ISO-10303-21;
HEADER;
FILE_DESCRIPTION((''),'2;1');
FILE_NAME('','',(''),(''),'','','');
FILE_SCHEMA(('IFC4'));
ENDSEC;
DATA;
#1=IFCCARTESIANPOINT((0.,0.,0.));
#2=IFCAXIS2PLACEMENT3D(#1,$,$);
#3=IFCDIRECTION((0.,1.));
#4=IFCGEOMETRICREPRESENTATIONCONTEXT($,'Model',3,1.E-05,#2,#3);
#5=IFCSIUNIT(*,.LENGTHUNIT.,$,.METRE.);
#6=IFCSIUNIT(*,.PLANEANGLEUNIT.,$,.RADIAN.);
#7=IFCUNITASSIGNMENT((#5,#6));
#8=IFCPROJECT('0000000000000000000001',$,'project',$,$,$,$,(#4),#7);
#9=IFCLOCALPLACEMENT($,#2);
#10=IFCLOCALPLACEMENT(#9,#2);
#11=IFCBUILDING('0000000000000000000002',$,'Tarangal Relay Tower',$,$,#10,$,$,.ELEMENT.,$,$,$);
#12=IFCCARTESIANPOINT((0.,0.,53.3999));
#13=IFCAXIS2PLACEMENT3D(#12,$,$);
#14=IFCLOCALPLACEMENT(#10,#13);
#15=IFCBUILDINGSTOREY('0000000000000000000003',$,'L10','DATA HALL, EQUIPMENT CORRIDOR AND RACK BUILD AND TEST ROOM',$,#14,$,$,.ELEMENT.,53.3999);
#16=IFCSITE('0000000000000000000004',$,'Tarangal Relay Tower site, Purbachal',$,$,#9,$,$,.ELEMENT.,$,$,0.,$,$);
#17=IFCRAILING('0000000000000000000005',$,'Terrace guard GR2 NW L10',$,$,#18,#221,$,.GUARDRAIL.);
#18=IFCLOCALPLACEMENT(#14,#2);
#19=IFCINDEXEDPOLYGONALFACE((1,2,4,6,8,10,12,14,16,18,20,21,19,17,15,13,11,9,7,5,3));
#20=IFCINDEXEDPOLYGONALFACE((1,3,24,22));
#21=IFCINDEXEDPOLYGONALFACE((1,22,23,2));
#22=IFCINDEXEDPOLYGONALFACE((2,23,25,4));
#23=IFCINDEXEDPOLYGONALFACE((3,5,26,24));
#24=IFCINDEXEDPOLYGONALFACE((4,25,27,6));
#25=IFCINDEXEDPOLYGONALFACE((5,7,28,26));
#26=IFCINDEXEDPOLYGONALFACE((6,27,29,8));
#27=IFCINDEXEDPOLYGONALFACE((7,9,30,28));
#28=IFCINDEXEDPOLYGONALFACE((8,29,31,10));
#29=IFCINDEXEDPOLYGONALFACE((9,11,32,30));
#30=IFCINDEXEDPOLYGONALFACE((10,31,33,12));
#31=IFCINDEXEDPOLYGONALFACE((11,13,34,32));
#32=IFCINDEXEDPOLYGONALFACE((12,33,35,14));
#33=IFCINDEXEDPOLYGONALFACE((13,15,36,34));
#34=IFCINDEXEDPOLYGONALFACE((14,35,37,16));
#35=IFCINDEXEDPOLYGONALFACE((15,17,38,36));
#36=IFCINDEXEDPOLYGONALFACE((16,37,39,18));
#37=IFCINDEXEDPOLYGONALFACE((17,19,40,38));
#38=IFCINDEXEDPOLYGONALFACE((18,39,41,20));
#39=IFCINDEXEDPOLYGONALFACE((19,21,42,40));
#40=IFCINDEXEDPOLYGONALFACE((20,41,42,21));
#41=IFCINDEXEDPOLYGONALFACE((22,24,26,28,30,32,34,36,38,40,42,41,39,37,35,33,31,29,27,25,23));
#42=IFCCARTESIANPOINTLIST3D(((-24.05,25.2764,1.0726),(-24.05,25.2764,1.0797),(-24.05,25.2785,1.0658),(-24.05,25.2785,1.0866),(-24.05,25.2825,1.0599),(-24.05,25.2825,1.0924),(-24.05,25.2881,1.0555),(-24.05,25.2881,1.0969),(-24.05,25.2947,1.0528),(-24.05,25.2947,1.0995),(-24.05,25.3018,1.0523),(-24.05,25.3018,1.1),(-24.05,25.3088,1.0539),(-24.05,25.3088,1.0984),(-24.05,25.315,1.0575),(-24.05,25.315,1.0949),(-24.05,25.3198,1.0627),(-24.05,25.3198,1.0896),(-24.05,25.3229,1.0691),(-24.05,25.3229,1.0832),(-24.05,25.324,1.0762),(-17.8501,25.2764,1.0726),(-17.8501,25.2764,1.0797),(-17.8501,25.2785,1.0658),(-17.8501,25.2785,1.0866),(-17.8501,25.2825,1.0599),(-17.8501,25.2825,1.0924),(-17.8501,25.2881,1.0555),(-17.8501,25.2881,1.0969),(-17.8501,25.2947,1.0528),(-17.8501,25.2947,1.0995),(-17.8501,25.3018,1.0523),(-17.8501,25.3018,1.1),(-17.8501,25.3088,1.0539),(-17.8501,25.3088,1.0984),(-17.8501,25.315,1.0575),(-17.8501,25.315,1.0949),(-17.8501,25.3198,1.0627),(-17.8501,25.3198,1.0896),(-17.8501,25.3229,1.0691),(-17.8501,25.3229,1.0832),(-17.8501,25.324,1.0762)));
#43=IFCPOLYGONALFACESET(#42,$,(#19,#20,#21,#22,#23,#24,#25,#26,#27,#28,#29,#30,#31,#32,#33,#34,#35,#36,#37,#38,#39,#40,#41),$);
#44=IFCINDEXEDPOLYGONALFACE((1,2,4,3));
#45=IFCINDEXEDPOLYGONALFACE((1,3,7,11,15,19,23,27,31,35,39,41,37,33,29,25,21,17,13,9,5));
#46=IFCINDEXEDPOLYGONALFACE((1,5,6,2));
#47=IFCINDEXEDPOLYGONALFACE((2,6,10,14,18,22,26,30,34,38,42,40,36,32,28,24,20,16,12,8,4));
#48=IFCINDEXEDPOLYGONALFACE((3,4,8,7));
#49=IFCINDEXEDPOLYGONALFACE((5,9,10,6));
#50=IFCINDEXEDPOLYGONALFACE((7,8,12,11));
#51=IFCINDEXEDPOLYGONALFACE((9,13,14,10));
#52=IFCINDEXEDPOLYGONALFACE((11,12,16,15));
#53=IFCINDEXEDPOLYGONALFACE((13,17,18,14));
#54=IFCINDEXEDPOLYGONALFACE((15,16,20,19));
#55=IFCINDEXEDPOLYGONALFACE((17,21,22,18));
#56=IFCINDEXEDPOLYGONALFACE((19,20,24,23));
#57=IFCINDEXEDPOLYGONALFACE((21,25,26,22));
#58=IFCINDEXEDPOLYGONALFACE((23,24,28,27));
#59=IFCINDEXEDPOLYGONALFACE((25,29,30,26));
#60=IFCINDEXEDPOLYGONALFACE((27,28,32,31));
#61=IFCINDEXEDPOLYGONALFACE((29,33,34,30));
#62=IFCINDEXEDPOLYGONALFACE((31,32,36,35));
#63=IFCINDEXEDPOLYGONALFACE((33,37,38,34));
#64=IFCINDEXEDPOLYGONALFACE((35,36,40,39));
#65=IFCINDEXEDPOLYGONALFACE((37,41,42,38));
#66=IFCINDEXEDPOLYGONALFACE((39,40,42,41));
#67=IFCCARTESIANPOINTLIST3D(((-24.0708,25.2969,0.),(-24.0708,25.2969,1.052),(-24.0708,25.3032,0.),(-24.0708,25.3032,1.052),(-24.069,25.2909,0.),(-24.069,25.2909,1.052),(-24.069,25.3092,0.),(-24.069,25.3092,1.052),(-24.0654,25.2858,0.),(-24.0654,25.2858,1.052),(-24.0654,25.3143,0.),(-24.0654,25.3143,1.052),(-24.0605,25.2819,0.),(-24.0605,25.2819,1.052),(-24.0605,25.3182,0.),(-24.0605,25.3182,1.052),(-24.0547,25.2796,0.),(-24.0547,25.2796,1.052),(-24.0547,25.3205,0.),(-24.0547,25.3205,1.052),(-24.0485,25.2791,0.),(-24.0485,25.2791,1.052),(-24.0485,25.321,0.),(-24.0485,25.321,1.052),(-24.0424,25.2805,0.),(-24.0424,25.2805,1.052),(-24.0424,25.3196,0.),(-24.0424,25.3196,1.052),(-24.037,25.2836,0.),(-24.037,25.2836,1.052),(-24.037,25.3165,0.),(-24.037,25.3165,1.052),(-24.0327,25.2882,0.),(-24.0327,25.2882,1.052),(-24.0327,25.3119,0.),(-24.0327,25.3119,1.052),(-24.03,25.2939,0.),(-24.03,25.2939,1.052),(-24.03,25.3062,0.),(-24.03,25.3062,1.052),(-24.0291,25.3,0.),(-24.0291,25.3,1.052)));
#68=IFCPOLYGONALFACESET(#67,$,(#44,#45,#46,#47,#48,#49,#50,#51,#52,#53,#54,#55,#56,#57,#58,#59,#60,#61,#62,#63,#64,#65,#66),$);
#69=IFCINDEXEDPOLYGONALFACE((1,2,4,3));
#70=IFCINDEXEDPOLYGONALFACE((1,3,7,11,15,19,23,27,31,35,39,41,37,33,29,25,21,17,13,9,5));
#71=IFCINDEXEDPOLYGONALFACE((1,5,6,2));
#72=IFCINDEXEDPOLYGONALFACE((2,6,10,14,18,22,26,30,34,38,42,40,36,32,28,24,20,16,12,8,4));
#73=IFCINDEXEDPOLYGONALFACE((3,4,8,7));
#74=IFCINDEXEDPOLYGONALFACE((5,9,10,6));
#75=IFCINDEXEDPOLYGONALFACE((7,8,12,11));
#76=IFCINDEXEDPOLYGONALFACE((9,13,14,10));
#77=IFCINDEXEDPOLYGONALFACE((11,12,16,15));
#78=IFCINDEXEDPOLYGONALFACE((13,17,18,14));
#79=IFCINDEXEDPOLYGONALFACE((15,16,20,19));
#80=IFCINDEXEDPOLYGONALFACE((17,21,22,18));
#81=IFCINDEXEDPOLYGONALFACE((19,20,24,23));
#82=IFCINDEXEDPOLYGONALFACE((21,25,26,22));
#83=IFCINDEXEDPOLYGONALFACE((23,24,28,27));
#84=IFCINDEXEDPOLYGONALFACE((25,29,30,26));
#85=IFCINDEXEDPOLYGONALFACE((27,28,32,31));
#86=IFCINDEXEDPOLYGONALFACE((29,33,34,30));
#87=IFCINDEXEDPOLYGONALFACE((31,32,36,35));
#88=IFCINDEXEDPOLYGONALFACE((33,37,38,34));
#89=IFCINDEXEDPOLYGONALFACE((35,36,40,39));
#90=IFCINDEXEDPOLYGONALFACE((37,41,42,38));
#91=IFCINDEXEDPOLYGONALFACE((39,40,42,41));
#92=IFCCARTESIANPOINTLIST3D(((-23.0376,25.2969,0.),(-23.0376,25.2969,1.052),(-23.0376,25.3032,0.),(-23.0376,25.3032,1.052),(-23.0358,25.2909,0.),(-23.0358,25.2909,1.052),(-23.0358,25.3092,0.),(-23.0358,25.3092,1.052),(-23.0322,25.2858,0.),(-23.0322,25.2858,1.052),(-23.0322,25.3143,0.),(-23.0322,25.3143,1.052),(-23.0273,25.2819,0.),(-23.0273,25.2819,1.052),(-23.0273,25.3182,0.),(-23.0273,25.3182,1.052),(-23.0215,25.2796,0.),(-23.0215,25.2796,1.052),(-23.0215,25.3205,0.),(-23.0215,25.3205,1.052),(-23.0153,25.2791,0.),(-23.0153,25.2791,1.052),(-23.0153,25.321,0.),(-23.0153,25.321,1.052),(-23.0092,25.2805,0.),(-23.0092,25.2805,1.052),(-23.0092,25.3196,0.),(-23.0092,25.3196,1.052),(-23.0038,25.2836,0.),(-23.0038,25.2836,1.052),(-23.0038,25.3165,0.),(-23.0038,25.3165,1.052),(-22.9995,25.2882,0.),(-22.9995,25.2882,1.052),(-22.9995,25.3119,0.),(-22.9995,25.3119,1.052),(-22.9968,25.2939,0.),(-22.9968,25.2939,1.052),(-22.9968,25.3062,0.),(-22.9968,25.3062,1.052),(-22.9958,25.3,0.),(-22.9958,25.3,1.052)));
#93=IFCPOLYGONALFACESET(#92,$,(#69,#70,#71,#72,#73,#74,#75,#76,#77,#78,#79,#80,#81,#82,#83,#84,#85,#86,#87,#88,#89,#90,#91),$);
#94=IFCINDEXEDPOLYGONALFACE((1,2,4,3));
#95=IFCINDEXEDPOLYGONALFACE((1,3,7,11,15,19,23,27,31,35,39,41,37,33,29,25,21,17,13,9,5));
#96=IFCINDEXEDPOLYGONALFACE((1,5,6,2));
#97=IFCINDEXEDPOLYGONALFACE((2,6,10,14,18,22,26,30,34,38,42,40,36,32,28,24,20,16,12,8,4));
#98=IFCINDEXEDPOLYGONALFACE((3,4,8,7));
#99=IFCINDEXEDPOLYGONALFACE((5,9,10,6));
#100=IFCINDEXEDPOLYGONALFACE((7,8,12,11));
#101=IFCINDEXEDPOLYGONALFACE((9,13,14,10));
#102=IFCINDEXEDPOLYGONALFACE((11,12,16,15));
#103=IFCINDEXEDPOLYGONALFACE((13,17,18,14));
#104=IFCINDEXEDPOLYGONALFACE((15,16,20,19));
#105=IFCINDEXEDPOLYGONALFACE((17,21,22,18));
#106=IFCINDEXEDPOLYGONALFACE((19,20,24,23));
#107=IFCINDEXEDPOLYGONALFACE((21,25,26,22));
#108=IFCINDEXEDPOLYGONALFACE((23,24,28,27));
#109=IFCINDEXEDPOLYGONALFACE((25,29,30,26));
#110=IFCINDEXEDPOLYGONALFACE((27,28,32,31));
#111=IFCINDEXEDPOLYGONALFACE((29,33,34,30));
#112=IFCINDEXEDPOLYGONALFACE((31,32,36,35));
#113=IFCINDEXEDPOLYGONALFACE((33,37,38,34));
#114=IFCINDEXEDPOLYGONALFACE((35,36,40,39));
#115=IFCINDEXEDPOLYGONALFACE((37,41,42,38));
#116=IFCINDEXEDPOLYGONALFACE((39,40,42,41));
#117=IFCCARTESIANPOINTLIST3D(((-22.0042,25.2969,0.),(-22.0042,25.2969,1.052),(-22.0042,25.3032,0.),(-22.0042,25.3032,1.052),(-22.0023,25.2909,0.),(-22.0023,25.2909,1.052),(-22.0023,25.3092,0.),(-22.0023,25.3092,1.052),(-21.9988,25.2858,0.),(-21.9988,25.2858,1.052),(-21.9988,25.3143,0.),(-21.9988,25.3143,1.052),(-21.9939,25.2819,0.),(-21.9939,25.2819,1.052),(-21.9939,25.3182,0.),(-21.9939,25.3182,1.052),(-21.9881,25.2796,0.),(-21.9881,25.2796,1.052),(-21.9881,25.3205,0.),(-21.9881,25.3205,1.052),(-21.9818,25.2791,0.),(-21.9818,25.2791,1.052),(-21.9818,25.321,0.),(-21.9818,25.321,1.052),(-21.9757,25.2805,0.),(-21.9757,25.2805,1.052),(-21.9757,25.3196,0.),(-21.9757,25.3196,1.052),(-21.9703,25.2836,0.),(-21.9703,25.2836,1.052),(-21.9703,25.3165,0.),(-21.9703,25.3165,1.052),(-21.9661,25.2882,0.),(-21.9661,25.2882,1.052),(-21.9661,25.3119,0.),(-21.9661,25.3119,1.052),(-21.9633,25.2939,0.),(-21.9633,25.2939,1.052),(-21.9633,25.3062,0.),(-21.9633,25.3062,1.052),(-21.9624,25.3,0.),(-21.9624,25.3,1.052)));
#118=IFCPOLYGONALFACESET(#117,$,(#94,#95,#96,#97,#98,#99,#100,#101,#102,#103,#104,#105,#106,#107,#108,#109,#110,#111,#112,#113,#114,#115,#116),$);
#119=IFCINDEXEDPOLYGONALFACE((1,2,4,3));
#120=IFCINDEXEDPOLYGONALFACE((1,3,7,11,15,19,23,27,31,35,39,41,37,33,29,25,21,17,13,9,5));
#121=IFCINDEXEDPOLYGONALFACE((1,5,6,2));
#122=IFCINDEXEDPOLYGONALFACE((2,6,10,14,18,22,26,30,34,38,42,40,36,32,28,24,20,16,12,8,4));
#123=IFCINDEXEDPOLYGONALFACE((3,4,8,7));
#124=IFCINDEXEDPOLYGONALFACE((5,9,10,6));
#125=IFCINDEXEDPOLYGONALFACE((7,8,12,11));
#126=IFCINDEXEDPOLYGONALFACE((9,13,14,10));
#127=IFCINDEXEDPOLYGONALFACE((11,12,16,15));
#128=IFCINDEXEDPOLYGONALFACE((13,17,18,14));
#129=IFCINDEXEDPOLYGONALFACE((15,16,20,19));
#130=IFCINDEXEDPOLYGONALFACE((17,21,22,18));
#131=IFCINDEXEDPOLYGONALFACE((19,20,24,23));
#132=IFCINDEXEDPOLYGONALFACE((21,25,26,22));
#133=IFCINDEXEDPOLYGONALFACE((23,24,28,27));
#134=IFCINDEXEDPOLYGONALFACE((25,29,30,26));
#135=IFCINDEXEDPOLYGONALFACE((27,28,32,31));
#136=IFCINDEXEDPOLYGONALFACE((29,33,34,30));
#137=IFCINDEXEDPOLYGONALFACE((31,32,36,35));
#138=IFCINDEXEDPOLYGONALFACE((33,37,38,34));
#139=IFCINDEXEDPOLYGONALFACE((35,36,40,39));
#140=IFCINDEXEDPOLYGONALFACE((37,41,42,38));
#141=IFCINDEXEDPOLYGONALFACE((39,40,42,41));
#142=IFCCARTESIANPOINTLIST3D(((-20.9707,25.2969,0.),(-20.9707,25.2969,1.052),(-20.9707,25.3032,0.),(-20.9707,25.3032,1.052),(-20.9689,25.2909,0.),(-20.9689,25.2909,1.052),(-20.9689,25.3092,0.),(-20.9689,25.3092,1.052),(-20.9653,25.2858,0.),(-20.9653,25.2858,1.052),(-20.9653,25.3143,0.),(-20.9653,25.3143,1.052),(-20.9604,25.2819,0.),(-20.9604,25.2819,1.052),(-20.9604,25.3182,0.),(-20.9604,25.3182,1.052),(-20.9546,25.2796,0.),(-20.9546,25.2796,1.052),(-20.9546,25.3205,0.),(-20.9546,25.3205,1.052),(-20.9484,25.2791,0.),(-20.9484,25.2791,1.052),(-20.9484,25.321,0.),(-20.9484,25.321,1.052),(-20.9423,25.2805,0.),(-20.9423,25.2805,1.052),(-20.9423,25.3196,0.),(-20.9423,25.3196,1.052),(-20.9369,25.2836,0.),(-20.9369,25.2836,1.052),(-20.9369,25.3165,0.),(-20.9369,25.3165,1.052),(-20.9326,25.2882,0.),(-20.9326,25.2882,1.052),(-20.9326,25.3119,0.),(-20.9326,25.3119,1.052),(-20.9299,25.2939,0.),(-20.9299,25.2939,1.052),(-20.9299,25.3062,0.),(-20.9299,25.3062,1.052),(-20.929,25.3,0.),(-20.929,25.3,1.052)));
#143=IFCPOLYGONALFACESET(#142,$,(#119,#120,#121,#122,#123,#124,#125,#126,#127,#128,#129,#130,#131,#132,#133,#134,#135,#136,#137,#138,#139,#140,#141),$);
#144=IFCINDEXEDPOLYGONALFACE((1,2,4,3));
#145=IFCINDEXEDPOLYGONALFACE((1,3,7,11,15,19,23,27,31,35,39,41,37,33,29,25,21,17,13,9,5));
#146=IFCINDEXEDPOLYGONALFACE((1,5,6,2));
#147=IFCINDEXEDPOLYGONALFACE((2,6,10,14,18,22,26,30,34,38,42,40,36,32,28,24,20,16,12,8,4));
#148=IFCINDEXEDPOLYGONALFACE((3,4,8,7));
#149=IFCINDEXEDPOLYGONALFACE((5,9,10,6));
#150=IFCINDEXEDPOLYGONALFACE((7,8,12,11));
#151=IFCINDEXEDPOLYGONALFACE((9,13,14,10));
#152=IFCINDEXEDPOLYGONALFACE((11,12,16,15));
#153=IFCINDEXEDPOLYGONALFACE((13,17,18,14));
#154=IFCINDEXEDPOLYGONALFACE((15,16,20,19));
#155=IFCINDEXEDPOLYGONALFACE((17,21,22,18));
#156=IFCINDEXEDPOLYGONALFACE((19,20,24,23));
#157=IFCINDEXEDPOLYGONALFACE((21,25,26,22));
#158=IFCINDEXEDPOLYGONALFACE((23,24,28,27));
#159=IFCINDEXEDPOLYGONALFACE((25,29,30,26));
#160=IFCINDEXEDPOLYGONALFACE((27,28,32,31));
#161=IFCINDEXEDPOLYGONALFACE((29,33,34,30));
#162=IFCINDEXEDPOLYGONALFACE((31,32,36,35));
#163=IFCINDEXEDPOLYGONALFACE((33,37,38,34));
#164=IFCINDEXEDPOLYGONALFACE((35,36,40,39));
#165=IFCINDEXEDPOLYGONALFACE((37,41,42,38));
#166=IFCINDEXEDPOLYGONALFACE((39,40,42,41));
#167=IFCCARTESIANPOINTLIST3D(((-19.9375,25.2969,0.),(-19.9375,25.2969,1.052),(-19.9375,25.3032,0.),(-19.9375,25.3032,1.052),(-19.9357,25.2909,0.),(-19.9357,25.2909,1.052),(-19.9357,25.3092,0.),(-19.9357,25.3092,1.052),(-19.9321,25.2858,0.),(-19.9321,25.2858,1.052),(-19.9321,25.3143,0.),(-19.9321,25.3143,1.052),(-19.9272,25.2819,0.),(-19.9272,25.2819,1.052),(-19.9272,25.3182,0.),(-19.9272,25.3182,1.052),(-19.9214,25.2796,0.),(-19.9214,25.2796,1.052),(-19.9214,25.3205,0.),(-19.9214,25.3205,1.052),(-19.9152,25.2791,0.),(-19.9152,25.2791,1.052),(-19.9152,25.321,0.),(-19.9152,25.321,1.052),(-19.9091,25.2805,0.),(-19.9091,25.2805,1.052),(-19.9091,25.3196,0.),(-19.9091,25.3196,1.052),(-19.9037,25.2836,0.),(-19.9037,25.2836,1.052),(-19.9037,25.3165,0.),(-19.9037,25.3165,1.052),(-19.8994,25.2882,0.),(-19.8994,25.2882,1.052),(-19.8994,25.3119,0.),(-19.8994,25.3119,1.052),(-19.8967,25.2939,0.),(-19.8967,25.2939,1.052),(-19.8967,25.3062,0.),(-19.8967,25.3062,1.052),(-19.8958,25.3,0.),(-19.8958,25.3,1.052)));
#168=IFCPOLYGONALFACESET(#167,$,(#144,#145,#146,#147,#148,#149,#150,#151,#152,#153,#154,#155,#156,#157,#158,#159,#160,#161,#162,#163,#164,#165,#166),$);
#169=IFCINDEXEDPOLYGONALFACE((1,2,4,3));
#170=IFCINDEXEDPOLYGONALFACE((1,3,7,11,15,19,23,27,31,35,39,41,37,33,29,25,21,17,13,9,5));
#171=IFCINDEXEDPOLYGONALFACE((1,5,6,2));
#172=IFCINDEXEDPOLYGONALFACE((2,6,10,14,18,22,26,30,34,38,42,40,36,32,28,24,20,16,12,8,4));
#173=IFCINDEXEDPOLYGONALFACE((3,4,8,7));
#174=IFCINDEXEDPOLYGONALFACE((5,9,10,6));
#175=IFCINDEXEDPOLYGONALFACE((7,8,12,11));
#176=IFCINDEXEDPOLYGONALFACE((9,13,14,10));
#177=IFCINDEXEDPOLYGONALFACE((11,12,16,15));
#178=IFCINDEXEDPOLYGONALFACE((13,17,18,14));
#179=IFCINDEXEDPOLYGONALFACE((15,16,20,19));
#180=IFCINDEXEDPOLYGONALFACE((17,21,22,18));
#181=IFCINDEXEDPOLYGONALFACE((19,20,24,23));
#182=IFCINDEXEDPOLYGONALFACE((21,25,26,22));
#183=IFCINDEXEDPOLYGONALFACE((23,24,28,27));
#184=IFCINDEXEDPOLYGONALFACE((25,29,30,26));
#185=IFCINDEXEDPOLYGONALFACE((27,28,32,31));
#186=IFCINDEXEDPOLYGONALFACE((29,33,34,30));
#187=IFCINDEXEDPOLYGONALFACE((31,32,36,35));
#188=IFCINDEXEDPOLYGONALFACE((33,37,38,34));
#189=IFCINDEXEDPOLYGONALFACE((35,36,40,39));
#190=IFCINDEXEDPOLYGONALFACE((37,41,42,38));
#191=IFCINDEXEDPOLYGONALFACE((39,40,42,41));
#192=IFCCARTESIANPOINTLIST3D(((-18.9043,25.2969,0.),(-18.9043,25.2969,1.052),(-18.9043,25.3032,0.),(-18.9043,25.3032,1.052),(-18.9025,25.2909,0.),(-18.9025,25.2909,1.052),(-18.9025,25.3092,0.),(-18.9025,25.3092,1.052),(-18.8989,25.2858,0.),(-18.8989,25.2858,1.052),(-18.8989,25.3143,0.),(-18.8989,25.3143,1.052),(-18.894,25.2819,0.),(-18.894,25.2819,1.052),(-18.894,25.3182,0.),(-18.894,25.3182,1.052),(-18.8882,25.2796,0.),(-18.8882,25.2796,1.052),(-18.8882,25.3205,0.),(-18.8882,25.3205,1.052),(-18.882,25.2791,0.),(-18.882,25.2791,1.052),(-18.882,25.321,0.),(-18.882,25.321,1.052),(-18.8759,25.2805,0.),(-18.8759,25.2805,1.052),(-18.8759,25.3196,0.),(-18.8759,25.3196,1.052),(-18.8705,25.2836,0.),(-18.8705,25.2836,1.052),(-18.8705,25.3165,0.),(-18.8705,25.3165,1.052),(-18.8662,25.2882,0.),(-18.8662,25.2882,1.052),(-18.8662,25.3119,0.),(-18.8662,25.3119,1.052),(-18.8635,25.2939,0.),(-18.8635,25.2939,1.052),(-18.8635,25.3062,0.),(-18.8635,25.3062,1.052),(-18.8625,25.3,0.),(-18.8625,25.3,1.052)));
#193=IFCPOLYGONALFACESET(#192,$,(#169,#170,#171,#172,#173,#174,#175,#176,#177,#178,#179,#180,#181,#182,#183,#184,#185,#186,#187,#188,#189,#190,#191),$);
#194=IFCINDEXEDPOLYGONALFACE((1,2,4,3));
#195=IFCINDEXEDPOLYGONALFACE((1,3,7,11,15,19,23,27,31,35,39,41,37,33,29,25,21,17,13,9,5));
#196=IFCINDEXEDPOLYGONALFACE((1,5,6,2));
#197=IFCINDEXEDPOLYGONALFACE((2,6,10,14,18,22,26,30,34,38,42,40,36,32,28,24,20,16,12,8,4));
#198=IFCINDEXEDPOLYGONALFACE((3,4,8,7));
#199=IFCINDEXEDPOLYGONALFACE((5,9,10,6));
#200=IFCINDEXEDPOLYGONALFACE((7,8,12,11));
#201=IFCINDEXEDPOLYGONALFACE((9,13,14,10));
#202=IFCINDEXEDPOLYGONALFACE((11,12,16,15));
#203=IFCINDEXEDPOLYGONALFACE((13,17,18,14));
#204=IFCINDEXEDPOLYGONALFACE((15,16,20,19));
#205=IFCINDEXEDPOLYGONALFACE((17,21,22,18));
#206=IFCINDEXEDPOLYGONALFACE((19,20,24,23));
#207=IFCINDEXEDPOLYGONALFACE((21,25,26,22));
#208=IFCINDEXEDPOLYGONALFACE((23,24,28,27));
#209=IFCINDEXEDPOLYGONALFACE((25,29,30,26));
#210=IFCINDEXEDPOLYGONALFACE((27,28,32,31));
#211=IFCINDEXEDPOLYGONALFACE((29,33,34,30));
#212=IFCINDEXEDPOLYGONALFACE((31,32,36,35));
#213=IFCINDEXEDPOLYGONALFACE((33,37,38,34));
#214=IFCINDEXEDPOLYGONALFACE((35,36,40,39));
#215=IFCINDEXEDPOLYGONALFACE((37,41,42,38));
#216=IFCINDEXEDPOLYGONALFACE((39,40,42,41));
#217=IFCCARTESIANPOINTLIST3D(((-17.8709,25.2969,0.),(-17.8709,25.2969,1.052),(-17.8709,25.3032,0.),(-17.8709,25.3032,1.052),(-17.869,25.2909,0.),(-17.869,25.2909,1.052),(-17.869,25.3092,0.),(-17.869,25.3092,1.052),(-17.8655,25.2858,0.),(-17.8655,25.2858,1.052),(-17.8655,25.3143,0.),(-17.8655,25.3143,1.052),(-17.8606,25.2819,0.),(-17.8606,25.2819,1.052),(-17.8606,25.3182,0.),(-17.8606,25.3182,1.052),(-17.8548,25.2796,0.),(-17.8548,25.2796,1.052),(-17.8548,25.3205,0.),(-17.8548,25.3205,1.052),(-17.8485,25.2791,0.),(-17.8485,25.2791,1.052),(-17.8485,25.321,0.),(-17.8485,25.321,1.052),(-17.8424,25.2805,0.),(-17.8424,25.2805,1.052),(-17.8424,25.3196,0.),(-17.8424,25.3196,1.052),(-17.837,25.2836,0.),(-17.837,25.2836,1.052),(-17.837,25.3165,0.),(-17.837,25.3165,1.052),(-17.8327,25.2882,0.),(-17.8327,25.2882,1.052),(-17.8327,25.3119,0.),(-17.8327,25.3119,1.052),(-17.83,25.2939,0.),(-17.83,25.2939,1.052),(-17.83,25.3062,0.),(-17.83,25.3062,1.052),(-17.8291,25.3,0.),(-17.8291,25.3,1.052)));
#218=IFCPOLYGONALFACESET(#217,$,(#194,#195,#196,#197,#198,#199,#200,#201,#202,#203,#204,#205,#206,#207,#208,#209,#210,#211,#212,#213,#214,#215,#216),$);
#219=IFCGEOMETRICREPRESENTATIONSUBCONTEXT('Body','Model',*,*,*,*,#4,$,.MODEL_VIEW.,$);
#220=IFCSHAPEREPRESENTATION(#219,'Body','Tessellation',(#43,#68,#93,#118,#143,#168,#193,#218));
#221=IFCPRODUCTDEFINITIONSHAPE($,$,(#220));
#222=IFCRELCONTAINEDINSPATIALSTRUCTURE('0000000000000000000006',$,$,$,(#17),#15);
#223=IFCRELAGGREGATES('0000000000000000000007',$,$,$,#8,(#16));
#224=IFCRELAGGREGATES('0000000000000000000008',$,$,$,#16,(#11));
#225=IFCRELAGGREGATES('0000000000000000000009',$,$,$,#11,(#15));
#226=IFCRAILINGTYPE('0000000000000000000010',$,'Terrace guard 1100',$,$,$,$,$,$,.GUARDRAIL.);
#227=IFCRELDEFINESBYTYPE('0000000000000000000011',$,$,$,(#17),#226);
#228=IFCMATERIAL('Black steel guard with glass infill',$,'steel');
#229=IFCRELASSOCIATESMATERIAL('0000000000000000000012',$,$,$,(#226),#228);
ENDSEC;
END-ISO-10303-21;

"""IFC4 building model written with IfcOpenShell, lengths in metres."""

from ifc_helpers import new_model, si_unit, direction, frame, origin, origin_2d, place, context, subcontext, project, spatial, circle, extrude, material, type_object, element, save


model = new_model("IFC4")

# Units and contexts
model_context = context("Model", 3, precision=1e-05, world=origin(), true_north=direction((0.0, 1.0)))
body_context = subcontext(model_context, "Body", "Model", "MODEL_VIEW")
ifc_project = project(units=[si_unit("LENGTHUNIT", "METRE"), si_unit("PLANEANGLEUNIT", "RADIAN")], contexts=[model_context])

# Site, building, storey
site_placement = place(None, origin())
site = spatial("IfcSite", under=ifc_project, at=site_placement, Name="Tarangal Relay Tower site, Purbachal", CompositionType="ELEMENT", RefElevation=0.0)
building_placement = place(site_placement, origin())
building = spatial("IfcBuilding", under=site, at=building_placement, Name="Tarangal Relay Tower", CompositionType="ELEMENT")
storey_placement = place(building_placement, frame((0.0, 0.0, 53.3999)))
storey = spatial("IfcBuildingStorey", under=building, at=storey_placement, Name="L10", Description="DATA HALL, EQUIPMENT CORRIDOR AND RACK BUILD AND TEST ROOM", CompositionType="ELEMENT", Elevation=53.3999)

# Railing
ifc_material_1 = material(Name="Black steel guard with glass infill", Category="steel")
railing_type = type_object("IfcRailingType", Name="Terrace guard 1100", PredefinedType="GUARDRAIL", material=ifc_material_1)
railing_1_placement = place(storey_placement, frame((-24.05, 25.3, 0.0)))
element("IfcRailing", 1, at=railing_1_placement, inside=storey, type_object=railing_type, Name="Terrace guard GR2 NW L10", PredefinedType="GUARDRAIL", context=body_context, shape_type="SweptSolid", body=[
    extrude(circle(Radius=0.0239, at=origin_2d()), frame((0.0, 0.0, 1.0762), z_axis=(1.0, 0.0, 0.0), x_axis=(0.0, 1.0, 0.0)), (0.0, 0.0, 1.0), 6.2),
    extrude(circle(Radius=0.021, at=origin_2d()), origin(), (0.0, 0.0, 1.0), 1.052),
    extrude(circle(Radius=0.021, at=origin_2d()), frame((1.0332, 0.0, 0.0)), (0.0, 0.0, 1.0), 1.052),
    extrude(circle(Radius=0.021, at=origin_2d()), frame((2.0667, 0.0, 0.0)), (0.0, 0.0, 1.0), 1.052),
    extrude(circle(Radius=0.021, at=origin_2d()), frame((3.1001, 0.0, 0.0)), (0.0, 0.0, 1.0), 1.052),
    extrude(circle(Radius=0.021, at=origin_2d()), frame((4.1333, 0.0, 0.0)), (0.0, 0.0, 1.0), 1.052),
    extrude(circle(Radius=0.021, at=origin_2d()), frame((5.1665, 0.0, 0.0)), (0.0, 0.0, 1.0), 1.052),
    extrude(circle(Radius=0.021, at=origin_2d()), frame((6.2, 0.0, 0.0)), (0.0, 0.0, 1.0), 1.052),
])

save(model, "model.ifc")
